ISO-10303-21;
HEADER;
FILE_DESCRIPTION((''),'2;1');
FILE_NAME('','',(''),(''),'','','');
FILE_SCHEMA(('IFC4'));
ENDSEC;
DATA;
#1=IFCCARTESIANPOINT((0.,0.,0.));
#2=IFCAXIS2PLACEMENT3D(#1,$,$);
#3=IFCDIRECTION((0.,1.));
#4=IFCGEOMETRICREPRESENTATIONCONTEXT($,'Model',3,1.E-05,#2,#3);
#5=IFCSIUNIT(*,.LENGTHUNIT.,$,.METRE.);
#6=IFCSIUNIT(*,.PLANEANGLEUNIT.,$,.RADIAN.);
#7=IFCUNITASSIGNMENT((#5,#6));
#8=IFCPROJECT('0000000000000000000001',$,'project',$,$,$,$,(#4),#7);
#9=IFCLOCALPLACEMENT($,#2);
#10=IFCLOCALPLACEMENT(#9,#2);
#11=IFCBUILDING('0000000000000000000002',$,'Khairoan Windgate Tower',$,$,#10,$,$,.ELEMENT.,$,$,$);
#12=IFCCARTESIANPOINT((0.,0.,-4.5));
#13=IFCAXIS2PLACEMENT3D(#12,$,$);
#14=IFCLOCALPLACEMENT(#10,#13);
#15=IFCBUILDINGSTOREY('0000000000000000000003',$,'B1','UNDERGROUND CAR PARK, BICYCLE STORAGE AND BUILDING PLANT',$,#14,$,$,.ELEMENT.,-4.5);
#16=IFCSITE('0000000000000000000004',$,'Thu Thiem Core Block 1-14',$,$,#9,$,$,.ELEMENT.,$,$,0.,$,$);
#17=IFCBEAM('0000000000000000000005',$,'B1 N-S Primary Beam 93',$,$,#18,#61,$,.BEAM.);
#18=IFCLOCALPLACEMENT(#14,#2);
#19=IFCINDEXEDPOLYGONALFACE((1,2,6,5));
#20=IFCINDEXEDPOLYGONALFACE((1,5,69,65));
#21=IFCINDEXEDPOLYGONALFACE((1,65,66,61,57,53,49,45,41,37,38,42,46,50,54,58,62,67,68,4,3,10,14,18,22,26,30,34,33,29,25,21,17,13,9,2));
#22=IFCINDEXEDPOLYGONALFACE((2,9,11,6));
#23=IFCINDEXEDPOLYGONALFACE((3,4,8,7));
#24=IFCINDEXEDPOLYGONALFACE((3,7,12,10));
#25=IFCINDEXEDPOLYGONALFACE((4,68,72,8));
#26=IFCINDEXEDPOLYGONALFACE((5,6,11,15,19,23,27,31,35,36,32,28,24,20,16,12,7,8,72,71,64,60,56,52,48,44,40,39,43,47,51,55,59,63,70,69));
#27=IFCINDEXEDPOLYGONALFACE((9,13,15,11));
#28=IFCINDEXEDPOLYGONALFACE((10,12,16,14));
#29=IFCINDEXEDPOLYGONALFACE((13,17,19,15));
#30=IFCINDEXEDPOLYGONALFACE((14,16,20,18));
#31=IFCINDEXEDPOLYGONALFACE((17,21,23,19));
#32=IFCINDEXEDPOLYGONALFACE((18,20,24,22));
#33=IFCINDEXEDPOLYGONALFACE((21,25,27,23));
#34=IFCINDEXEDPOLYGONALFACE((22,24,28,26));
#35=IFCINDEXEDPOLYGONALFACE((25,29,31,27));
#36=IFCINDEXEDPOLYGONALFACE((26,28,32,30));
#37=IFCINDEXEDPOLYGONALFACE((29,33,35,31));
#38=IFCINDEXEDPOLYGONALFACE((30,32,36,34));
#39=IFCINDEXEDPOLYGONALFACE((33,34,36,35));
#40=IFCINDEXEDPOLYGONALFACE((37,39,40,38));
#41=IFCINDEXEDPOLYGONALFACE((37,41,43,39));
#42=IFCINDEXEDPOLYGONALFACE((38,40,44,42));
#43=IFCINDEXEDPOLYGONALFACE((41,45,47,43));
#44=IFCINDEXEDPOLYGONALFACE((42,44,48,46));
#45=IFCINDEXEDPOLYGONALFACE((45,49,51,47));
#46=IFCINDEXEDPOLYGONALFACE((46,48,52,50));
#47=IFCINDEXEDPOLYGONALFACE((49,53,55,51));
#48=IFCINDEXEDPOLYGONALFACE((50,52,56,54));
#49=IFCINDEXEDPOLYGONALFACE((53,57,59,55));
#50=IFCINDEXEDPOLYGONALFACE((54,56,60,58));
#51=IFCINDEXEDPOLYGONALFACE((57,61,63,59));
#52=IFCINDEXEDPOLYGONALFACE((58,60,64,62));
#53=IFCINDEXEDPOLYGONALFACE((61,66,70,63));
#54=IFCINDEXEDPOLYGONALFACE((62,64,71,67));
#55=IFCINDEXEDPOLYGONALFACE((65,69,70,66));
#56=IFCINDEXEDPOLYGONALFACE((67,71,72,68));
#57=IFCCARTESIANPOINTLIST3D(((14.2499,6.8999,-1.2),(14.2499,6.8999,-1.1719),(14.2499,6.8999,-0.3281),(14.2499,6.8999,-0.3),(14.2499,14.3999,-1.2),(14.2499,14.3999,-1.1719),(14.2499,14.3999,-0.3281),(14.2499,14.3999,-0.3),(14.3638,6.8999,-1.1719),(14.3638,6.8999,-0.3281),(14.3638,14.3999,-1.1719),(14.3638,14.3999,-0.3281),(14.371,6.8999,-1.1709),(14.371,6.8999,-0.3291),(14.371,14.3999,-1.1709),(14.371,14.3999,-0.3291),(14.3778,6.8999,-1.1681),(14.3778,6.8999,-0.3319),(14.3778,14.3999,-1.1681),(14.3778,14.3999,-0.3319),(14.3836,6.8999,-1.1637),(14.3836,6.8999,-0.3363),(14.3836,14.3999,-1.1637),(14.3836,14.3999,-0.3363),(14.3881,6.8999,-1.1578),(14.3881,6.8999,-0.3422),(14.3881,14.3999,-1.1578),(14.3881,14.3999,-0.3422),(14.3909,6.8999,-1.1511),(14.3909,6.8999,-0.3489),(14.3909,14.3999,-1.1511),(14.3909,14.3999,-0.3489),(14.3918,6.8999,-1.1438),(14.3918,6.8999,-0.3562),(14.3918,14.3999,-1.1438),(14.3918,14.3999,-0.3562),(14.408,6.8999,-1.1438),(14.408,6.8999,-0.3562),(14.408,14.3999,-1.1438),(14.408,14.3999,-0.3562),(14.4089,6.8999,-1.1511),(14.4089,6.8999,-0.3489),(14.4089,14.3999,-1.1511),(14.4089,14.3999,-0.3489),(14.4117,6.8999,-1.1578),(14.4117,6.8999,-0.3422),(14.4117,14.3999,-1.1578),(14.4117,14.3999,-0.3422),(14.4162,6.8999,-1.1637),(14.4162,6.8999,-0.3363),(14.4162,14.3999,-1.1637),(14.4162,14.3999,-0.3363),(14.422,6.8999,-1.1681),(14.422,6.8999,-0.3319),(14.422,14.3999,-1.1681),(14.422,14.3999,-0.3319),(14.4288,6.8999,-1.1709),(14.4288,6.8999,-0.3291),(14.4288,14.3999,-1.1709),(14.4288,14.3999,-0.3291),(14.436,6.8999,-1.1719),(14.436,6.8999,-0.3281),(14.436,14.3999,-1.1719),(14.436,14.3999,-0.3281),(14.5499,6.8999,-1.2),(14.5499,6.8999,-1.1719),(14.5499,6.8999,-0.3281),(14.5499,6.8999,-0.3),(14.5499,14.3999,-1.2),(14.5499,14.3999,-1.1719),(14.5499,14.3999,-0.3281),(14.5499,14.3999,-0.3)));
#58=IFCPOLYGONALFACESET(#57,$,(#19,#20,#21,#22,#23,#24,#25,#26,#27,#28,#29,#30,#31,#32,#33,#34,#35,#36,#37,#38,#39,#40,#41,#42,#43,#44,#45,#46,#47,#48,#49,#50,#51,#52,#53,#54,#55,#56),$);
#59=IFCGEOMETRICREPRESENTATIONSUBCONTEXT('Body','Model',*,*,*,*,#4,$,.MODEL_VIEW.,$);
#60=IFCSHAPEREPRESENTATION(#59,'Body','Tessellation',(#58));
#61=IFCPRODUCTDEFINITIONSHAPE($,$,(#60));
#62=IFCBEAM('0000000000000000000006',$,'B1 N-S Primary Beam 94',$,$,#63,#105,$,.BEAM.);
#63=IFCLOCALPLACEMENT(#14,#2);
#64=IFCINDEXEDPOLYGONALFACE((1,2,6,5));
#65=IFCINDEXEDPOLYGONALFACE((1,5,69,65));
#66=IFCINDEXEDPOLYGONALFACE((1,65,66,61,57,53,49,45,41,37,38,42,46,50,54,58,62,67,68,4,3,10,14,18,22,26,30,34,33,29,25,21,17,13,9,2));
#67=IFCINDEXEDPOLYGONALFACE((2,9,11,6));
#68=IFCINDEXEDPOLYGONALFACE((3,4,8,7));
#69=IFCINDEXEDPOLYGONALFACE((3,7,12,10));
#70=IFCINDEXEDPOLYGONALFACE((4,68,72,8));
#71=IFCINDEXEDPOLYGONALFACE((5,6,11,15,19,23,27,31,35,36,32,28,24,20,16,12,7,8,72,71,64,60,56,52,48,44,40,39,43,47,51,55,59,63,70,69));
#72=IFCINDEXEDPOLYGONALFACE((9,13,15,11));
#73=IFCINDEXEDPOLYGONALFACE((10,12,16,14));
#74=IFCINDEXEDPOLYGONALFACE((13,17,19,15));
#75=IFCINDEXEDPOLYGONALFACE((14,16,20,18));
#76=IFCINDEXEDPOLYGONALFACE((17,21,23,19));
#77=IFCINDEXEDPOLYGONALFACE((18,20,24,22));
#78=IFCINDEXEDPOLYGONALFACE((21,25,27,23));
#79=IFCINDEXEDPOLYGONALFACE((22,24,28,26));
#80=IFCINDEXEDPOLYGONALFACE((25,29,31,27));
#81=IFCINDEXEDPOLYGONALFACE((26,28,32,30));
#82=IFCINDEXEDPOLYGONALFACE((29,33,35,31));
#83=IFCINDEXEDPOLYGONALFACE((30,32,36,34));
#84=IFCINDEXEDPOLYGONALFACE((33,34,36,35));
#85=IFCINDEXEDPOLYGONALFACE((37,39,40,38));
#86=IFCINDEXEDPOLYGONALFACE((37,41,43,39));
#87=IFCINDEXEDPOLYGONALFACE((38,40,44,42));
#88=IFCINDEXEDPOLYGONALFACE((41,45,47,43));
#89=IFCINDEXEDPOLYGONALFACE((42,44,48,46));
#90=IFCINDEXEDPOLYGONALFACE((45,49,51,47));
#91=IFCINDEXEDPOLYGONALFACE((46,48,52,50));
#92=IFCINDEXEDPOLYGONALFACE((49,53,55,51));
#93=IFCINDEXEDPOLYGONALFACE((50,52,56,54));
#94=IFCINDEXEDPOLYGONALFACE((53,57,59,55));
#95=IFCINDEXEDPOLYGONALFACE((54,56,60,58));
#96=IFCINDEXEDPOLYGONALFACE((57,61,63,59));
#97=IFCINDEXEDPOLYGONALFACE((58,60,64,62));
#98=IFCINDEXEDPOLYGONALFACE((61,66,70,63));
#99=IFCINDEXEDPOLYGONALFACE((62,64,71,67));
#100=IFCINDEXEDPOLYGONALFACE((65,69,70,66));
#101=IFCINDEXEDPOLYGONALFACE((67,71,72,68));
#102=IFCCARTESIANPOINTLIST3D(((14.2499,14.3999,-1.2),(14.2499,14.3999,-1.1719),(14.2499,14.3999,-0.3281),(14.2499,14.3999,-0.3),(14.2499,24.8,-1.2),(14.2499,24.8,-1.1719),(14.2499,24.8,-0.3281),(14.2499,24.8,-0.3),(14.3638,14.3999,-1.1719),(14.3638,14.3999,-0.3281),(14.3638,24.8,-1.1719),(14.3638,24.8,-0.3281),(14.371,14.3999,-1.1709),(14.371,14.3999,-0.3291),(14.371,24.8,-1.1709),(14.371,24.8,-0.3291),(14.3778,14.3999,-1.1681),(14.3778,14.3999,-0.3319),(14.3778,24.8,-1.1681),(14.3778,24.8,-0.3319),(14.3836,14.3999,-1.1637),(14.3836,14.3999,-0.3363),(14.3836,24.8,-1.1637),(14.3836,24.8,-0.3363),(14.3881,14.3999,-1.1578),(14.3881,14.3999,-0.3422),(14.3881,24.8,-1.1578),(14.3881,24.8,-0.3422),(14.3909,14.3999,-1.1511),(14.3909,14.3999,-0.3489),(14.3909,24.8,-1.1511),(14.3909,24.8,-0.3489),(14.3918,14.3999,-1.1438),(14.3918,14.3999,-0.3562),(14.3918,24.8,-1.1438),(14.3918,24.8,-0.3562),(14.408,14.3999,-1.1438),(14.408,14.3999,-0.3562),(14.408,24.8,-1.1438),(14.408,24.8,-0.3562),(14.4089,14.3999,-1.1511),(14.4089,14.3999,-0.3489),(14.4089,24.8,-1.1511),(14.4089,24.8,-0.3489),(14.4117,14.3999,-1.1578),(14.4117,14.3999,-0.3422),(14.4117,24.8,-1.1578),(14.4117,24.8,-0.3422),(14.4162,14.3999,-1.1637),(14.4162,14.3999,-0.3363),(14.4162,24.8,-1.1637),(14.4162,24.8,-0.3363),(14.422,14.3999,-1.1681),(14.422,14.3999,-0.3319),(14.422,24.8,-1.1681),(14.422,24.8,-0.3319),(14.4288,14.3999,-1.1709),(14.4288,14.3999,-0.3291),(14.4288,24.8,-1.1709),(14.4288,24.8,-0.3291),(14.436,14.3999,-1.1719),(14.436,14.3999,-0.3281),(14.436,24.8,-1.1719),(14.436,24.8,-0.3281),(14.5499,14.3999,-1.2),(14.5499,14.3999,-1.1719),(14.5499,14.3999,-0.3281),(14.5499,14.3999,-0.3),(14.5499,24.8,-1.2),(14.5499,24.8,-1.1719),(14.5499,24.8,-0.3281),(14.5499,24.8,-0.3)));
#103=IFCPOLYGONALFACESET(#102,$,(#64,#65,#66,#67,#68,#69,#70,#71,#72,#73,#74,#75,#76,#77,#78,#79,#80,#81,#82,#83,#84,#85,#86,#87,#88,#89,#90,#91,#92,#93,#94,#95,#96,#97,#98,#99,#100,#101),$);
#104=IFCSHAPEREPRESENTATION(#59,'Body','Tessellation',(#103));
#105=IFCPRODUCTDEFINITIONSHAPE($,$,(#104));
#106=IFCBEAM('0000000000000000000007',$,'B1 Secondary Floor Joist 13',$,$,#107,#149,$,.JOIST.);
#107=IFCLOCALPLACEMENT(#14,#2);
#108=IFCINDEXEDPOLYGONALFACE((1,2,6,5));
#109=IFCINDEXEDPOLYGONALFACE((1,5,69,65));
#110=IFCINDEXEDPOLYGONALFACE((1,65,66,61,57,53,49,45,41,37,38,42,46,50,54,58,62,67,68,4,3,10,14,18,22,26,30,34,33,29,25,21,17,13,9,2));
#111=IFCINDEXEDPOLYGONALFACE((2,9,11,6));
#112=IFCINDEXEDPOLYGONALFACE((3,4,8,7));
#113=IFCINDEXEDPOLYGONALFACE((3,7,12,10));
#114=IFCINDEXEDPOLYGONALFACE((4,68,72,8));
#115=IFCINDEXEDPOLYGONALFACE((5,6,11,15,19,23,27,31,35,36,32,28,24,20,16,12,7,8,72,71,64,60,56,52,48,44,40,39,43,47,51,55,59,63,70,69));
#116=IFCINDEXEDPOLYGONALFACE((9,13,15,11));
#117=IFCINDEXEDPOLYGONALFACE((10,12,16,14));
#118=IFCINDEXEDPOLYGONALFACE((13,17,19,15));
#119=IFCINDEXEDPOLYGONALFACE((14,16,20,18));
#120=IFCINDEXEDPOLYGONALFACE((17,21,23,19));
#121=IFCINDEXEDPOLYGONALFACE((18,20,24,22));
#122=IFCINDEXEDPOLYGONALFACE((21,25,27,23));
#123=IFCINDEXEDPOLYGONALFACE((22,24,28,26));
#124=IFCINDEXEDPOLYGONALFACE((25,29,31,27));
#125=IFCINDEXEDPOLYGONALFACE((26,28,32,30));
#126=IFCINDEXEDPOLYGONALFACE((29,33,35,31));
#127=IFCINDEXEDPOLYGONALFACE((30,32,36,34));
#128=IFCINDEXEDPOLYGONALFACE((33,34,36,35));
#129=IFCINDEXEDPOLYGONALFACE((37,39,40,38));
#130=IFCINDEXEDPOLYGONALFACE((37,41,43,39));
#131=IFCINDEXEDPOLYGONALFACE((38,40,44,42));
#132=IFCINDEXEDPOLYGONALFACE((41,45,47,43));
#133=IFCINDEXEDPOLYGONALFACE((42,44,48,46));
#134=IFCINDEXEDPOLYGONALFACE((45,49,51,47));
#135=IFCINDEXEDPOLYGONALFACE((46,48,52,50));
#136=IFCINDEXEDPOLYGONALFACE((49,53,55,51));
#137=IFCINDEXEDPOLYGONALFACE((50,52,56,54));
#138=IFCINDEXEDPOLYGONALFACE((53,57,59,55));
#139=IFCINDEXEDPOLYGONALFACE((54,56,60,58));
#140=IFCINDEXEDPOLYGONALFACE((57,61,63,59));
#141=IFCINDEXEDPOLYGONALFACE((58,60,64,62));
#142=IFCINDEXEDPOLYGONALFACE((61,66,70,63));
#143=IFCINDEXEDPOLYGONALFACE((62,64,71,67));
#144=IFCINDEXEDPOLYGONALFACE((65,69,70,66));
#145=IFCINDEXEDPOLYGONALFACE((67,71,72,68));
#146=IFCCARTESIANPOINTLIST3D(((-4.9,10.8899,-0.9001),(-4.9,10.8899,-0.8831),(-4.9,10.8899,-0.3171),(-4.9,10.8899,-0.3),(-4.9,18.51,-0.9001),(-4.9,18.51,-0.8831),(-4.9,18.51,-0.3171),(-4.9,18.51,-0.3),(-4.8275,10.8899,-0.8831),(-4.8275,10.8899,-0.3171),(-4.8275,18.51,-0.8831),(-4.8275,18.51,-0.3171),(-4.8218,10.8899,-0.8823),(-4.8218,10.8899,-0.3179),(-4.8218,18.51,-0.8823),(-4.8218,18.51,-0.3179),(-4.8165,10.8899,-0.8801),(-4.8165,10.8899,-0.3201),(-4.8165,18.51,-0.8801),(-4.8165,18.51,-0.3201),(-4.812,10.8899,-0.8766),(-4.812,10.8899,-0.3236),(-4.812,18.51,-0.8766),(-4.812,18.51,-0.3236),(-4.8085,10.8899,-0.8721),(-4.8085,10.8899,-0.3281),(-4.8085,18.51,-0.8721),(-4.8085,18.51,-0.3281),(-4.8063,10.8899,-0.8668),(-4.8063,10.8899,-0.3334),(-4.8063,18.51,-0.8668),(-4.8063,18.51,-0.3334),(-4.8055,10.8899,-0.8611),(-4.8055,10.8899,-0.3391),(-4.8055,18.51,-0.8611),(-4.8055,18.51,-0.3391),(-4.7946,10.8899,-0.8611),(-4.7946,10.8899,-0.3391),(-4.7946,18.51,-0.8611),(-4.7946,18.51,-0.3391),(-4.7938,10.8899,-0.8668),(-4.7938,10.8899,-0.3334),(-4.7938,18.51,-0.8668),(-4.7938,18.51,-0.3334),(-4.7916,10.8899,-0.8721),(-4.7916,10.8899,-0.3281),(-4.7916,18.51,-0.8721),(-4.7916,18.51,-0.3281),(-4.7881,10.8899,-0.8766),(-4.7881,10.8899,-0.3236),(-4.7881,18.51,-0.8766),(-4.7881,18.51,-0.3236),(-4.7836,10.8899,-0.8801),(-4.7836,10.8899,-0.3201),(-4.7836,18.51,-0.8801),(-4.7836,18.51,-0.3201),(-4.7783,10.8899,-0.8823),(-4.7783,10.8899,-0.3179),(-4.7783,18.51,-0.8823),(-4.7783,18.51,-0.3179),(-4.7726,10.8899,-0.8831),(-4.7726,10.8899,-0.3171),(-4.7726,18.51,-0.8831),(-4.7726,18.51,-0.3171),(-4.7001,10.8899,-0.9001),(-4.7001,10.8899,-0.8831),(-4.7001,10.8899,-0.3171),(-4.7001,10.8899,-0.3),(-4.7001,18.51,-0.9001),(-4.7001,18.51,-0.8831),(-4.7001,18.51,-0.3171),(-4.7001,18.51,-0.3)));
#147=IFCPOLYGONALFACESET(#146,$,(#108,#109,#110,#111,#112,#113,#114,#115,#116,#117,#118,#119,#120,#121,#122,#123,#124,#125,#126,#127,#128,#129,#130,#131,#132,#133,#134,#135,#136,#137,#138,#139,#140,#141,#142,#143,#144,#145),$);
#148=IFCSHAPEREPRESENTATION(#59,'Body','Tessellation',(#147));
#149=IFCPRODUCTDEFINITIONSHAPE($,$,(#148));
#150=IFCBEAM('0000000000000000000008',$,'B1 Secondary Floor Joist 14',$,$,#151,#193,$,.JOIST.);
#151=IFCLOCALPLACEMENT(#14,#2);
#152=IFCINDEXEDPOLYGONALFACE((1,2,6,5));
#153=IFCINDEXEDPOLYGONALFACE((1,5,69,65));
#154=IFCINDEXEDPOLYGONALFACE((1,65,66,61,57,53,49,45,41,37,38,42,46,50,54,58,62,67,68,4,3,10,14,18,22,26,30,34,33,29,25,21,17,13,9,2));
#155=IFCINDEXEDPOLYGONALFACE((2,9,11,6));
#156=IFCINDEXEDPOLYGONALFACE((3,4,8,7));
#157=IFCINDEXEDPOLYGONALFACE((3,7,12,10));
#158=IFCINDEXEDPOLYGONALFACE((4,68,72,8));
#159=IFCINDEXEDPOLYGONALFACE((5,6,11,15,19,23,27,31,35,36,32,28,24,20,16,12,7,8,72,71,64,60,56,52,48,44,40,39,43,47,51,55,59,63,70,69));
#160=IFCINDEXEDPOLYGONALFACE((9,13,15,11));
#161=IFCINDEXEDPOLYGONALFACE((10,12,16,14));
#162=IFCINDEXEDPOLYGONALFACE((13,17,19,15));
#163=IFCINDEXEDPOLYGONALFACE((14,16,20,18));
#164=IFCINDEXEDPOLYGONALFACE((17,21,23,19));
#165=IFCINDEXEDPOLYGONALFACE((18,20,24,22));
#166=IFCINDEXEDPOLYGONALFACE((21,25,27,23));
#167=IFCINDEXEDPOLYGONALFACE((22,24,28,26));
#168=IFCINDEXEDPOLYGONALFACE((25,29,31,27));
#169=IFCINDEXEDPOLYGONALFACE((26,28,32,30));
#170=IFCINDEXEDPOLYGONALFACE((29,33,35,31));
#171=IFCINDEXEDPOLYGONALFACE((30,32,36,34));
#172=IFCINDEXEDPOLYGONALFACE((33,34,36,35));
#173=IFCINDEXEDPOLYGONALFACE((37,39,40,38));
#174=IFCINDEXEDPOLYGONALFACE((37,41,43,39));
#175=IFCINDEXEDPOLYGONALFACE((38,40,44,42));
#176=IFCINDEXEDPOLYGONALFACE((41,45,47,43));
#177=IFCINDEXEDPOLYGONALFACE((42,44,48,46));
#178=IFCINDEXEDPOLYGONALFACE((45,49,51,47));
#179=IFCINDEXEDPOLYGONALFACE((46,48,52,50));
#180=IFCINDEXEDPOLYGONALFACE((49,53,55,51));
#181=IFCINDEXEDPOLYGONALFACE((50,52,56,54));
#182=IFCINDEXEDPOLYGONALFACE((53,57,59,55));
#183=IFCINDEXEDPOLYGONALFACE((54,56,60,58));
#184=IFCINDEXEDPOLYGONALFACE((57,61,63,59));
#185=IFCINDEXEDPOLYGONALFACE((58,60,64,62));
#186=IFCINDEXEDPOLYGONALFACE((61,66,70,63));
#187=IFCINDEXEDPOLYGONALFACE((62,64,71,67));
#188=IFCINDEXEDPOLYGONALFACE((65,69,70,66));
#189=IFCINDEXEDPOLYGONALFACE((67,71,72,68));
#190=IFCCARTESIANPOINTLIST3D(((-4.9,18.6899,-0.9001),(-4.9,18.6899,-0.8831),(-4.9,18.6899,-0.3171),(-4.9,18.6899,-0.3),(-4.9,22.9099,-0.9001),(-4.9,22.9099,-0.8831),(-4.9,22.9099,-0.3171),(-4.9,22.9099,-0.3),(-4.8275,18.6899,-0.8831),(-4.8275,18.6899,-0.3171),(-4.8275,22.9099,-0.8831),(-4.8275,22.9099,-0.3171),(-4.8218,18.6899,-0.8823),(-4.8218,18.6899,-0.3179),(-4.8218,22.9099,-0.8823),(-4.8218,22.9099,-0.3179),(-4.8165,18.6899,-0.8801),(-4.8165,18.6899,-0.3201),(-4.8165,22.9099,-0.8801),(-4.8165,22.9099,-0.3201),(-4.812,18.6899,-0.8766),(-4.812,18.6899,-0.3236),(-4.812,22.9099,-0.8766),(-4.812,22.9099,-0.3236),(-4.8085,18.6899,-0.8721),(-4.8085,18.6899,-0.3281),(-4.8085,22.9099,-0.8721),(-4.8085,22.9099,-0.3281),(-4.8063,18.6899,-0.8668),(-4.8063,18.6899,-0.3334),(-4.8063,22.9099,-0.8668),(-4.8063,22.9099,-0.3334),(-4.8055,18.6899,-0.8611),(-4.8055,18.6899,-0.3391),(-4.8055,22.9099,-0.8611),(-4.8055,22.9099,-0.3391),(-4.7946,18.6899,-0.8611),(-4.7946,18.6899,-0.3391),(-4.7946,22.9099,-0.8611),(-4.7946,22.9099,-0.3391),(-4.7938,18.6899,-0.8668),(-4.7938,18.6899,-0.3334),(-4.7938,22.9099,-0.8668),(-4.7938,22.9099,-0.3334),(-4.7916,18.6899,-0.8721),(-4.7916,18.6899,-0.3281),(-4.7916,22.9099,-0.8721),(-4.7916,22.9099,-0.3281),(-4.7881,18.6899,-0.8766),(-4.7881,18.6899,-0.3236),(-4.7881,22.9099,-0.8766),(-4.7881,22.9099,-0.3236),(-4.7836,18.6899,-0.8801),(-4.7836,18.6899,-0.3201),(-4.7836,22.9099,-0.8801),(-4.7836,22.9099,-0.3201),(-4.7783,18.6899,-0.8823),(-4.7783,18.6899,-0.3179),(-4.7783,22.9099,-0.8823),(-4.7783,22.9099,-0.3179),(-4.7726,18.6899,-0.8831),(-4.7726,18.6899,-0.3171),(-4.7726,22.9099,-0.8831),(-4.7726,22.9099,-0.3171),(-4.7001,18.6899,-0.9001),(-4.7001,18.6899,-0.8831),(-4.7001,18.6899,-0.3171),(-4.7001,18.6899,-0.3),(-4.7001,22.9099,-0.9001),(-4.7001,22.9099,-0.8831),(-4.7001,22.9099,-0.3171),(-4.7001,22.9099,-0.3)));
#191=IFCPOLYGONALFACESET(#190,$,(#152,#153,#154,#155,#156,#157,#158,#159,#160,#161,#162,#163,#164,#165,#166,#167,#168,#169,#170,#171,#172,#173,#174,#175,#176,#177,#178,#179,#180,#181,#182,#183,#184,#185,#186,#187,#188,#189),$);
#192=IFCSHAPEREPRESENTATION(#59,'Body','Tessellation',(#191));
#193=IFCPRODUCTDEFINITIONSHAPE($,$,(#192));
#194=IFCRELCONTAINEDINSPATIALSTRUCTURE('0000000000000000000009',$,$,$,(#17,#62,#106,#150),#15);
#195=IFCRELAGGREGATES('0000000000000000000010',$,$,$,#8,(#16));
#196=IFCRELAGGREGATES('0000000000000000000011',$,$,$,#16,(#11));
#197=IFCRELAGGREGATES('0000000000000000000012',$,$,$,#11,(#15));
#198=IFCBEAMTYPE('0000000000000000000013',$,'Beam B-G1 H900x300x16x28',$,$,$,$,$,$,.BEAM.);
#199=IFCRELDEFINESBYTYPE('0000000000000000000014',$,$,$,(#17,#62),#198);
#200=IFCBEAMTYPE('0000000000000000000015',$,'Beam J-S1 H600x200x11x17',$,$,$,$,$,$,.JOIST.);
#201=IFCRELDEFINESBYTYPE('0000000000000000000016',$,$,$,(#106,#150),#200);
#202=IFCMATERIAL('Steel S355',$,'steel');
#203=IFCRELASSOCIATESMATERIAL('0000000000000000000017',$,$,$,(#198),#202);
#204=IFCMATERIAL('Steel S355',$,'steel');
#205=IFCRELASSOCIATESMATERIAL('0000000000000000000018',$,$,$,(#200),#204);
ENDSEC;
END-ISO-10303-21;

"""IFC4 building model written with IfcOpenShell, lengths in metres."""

from ifc_helpers import new_model, si_unit, direction, frame, origin, origin_2d, place, context, subcontext, project, spatial, i_section, extrude, material, material_profile, profile_set, type_object, element, save


model = new_model("IFC4")

# Units and contexts
model_context = context("Model", 3, precision=1e-05, world=origin(), true_north=direction((0.0, 1.0)))
body_context = subcontext(model_context, "Body", "Model", "MODEL_VIEW")
ifc_project = project(units=[si_unit("LENGTHUNIT", "METRE"), si_unit("PLANEANGLEUNIT", "RADIAN")], contexts=[model_context])

# Site, building, storey
site_placement = place(None, origin())
site = spatial("IfcSite", under=ifc_project, at=site_placement, Name="Thu Thiem Core Block 1-14", CompositionType="ELEMENT", RefElevation=0.0)
building_placement = place(site_placement, origin())
building = spatial("IfcBuilding", under=site, at=building_placement, Name="Khairoan Windgate Tower", CompositionType="ELEMENT")
storey_placement = place(building_placement, frame((0.0, 0.0, -4.5)))
storey = spatial("IfcBuildingStorey", under=building, at=storey_placement, Name="B1", Description="UNDERGROUND CAR PARK, BICYCLE STORAGE AND BUILDING PLANT", CompositionType="ELEMENT", Elevation=-4.5)

# Beams
ifc_material_1 = material(Name="Steel S355", Category="steel")
ifc_material_profile_1 = material_profile(ifc_material_1, i_section(OverallWidth=0.3, OverallDepth=0.8999, WebThickness=0.0161, FlangeThickness=0.0281, FilletRadius=0.0281, at=origin_2d()))
ifc_profile_set_1 = profile_set([ifc_material_profile_1], Name="Steel S355")
beam_type_1 = type_object("IfcBeamType", Name="Beam B-G1 H900x300x16x28", PredefinedType="BEAM", material=ifc_profile_set_1)
beam_1_placement = place(storey_placement, frame((14.3999, 6.8999, -0.75), z_axis=(0.0, 1.0, 0.0), x_axis=(-1.0, 0.0, 0.0)))
element("IfcBeam", 1, at=beam_1_placement, inside=storey, type_object=beam_type_1, Name="B1 N-S Primary Beam 93", PredefinedType="BEAM", context=body_context, shape_type="SweptSolid", body=[
    extrude(i_section(OverallWidth=0.3, OverallDepth=0.8999, WebThickness=0.0161, FlangeThickness=0.0281, FilletRadius=0.0281, at=origin_2d()), origin(), (0.0, 0.0, 1.0), 7.5),
])
beam_2_placement = place(storey_placement, frame((14.3999, 14.3999, -0.75), z_axis=(0.0, 1.0, 0.0), x_axis=(-1.0, 0.0, 0.0)))
element("IfcBeam", 2, at=beam_2_placement, inside=storey, type_object=beam_type_1, Name="B1 N-S Primary Beam 94", PredefinedType="BEAM", context=body_context, shape_type="SweptSolid", body=[
    extrude(i_section(OverallWidth=0.3, OverallDepth=0.8999, WebThickness=0.0161, FlangeThickness=0.0281, FilletRadius=0.0281, at=origin_2d()), origin(), (0.0, 0.0, 1.0), 10.4001),
])
ifc_material_2 = material(Name="Steel S355", Category="steel")
ifc_material_profile_2 = material_profile(ifc_material_2, i_section(OverallWidth=0.2, OverallDepth=0.6001, WebThickness=0.011, FlangeThickness=0.0171, FilletRadius=0.022, at=origin_2d()))
ifc_profile_set_2 = profile_set([ifc_material_profile_2], Name="Steel S355")
beam_type_2 = type_object("IfcBeamType", Name="Beam J-S1 H600x200x11x17", PredefinedType="JOIST", material=ifc_profile_set_2)
beam_3_placement = place(storey_placement, frame((-4.8, 10.8899, -0.6001), z_axis=(0.0, 1.0, 0.0), x_axis=(-1.0, 0.0, 0.0)))
element("IfcBeam", 3, at=beam_3_placement, inside=storey, type_object=beam_type_2, Name="B1 Secondary Floor Joist 13", PredefinedType="JOIST", context=body_context, shape_type="SweptSolid", body=[
    extrude(i_section(OverallWidth=0.2, OverallDepth=0.6001, WebThickness=0.011, FlangeThickness=0.0171, FilletRadius=0.022, at=origin_2d()), origin(), (0.0, 0.0, 1.0), 7.6201),
])
beam_4_placement = place(storey_placement, frame((-4.8, 18.6899, -0.6001), z_axis=(0.0, 1.0, 0.0), x_axis=(-1.0, 0.0, 0.0)))
element("IfcBeam", 4, at=beam_4_placement, inside=storey, type_object=beam_type_2, Name="B1 Secondary Floor Joist 14", PredefinedType="JOIST", context=body_context, shape_type="SweptSolid", body=[
    extrude(i_section(OverallWidth=0.2, OverallDepth=0.6001, WebThickness=0.011, FlangeThickness=0.0171, FilletRadius=0.022, at=origin_2d()), origin(), (0.0, 0.0, 1.0), 4.22),
])

save(model, "model.ifc")
